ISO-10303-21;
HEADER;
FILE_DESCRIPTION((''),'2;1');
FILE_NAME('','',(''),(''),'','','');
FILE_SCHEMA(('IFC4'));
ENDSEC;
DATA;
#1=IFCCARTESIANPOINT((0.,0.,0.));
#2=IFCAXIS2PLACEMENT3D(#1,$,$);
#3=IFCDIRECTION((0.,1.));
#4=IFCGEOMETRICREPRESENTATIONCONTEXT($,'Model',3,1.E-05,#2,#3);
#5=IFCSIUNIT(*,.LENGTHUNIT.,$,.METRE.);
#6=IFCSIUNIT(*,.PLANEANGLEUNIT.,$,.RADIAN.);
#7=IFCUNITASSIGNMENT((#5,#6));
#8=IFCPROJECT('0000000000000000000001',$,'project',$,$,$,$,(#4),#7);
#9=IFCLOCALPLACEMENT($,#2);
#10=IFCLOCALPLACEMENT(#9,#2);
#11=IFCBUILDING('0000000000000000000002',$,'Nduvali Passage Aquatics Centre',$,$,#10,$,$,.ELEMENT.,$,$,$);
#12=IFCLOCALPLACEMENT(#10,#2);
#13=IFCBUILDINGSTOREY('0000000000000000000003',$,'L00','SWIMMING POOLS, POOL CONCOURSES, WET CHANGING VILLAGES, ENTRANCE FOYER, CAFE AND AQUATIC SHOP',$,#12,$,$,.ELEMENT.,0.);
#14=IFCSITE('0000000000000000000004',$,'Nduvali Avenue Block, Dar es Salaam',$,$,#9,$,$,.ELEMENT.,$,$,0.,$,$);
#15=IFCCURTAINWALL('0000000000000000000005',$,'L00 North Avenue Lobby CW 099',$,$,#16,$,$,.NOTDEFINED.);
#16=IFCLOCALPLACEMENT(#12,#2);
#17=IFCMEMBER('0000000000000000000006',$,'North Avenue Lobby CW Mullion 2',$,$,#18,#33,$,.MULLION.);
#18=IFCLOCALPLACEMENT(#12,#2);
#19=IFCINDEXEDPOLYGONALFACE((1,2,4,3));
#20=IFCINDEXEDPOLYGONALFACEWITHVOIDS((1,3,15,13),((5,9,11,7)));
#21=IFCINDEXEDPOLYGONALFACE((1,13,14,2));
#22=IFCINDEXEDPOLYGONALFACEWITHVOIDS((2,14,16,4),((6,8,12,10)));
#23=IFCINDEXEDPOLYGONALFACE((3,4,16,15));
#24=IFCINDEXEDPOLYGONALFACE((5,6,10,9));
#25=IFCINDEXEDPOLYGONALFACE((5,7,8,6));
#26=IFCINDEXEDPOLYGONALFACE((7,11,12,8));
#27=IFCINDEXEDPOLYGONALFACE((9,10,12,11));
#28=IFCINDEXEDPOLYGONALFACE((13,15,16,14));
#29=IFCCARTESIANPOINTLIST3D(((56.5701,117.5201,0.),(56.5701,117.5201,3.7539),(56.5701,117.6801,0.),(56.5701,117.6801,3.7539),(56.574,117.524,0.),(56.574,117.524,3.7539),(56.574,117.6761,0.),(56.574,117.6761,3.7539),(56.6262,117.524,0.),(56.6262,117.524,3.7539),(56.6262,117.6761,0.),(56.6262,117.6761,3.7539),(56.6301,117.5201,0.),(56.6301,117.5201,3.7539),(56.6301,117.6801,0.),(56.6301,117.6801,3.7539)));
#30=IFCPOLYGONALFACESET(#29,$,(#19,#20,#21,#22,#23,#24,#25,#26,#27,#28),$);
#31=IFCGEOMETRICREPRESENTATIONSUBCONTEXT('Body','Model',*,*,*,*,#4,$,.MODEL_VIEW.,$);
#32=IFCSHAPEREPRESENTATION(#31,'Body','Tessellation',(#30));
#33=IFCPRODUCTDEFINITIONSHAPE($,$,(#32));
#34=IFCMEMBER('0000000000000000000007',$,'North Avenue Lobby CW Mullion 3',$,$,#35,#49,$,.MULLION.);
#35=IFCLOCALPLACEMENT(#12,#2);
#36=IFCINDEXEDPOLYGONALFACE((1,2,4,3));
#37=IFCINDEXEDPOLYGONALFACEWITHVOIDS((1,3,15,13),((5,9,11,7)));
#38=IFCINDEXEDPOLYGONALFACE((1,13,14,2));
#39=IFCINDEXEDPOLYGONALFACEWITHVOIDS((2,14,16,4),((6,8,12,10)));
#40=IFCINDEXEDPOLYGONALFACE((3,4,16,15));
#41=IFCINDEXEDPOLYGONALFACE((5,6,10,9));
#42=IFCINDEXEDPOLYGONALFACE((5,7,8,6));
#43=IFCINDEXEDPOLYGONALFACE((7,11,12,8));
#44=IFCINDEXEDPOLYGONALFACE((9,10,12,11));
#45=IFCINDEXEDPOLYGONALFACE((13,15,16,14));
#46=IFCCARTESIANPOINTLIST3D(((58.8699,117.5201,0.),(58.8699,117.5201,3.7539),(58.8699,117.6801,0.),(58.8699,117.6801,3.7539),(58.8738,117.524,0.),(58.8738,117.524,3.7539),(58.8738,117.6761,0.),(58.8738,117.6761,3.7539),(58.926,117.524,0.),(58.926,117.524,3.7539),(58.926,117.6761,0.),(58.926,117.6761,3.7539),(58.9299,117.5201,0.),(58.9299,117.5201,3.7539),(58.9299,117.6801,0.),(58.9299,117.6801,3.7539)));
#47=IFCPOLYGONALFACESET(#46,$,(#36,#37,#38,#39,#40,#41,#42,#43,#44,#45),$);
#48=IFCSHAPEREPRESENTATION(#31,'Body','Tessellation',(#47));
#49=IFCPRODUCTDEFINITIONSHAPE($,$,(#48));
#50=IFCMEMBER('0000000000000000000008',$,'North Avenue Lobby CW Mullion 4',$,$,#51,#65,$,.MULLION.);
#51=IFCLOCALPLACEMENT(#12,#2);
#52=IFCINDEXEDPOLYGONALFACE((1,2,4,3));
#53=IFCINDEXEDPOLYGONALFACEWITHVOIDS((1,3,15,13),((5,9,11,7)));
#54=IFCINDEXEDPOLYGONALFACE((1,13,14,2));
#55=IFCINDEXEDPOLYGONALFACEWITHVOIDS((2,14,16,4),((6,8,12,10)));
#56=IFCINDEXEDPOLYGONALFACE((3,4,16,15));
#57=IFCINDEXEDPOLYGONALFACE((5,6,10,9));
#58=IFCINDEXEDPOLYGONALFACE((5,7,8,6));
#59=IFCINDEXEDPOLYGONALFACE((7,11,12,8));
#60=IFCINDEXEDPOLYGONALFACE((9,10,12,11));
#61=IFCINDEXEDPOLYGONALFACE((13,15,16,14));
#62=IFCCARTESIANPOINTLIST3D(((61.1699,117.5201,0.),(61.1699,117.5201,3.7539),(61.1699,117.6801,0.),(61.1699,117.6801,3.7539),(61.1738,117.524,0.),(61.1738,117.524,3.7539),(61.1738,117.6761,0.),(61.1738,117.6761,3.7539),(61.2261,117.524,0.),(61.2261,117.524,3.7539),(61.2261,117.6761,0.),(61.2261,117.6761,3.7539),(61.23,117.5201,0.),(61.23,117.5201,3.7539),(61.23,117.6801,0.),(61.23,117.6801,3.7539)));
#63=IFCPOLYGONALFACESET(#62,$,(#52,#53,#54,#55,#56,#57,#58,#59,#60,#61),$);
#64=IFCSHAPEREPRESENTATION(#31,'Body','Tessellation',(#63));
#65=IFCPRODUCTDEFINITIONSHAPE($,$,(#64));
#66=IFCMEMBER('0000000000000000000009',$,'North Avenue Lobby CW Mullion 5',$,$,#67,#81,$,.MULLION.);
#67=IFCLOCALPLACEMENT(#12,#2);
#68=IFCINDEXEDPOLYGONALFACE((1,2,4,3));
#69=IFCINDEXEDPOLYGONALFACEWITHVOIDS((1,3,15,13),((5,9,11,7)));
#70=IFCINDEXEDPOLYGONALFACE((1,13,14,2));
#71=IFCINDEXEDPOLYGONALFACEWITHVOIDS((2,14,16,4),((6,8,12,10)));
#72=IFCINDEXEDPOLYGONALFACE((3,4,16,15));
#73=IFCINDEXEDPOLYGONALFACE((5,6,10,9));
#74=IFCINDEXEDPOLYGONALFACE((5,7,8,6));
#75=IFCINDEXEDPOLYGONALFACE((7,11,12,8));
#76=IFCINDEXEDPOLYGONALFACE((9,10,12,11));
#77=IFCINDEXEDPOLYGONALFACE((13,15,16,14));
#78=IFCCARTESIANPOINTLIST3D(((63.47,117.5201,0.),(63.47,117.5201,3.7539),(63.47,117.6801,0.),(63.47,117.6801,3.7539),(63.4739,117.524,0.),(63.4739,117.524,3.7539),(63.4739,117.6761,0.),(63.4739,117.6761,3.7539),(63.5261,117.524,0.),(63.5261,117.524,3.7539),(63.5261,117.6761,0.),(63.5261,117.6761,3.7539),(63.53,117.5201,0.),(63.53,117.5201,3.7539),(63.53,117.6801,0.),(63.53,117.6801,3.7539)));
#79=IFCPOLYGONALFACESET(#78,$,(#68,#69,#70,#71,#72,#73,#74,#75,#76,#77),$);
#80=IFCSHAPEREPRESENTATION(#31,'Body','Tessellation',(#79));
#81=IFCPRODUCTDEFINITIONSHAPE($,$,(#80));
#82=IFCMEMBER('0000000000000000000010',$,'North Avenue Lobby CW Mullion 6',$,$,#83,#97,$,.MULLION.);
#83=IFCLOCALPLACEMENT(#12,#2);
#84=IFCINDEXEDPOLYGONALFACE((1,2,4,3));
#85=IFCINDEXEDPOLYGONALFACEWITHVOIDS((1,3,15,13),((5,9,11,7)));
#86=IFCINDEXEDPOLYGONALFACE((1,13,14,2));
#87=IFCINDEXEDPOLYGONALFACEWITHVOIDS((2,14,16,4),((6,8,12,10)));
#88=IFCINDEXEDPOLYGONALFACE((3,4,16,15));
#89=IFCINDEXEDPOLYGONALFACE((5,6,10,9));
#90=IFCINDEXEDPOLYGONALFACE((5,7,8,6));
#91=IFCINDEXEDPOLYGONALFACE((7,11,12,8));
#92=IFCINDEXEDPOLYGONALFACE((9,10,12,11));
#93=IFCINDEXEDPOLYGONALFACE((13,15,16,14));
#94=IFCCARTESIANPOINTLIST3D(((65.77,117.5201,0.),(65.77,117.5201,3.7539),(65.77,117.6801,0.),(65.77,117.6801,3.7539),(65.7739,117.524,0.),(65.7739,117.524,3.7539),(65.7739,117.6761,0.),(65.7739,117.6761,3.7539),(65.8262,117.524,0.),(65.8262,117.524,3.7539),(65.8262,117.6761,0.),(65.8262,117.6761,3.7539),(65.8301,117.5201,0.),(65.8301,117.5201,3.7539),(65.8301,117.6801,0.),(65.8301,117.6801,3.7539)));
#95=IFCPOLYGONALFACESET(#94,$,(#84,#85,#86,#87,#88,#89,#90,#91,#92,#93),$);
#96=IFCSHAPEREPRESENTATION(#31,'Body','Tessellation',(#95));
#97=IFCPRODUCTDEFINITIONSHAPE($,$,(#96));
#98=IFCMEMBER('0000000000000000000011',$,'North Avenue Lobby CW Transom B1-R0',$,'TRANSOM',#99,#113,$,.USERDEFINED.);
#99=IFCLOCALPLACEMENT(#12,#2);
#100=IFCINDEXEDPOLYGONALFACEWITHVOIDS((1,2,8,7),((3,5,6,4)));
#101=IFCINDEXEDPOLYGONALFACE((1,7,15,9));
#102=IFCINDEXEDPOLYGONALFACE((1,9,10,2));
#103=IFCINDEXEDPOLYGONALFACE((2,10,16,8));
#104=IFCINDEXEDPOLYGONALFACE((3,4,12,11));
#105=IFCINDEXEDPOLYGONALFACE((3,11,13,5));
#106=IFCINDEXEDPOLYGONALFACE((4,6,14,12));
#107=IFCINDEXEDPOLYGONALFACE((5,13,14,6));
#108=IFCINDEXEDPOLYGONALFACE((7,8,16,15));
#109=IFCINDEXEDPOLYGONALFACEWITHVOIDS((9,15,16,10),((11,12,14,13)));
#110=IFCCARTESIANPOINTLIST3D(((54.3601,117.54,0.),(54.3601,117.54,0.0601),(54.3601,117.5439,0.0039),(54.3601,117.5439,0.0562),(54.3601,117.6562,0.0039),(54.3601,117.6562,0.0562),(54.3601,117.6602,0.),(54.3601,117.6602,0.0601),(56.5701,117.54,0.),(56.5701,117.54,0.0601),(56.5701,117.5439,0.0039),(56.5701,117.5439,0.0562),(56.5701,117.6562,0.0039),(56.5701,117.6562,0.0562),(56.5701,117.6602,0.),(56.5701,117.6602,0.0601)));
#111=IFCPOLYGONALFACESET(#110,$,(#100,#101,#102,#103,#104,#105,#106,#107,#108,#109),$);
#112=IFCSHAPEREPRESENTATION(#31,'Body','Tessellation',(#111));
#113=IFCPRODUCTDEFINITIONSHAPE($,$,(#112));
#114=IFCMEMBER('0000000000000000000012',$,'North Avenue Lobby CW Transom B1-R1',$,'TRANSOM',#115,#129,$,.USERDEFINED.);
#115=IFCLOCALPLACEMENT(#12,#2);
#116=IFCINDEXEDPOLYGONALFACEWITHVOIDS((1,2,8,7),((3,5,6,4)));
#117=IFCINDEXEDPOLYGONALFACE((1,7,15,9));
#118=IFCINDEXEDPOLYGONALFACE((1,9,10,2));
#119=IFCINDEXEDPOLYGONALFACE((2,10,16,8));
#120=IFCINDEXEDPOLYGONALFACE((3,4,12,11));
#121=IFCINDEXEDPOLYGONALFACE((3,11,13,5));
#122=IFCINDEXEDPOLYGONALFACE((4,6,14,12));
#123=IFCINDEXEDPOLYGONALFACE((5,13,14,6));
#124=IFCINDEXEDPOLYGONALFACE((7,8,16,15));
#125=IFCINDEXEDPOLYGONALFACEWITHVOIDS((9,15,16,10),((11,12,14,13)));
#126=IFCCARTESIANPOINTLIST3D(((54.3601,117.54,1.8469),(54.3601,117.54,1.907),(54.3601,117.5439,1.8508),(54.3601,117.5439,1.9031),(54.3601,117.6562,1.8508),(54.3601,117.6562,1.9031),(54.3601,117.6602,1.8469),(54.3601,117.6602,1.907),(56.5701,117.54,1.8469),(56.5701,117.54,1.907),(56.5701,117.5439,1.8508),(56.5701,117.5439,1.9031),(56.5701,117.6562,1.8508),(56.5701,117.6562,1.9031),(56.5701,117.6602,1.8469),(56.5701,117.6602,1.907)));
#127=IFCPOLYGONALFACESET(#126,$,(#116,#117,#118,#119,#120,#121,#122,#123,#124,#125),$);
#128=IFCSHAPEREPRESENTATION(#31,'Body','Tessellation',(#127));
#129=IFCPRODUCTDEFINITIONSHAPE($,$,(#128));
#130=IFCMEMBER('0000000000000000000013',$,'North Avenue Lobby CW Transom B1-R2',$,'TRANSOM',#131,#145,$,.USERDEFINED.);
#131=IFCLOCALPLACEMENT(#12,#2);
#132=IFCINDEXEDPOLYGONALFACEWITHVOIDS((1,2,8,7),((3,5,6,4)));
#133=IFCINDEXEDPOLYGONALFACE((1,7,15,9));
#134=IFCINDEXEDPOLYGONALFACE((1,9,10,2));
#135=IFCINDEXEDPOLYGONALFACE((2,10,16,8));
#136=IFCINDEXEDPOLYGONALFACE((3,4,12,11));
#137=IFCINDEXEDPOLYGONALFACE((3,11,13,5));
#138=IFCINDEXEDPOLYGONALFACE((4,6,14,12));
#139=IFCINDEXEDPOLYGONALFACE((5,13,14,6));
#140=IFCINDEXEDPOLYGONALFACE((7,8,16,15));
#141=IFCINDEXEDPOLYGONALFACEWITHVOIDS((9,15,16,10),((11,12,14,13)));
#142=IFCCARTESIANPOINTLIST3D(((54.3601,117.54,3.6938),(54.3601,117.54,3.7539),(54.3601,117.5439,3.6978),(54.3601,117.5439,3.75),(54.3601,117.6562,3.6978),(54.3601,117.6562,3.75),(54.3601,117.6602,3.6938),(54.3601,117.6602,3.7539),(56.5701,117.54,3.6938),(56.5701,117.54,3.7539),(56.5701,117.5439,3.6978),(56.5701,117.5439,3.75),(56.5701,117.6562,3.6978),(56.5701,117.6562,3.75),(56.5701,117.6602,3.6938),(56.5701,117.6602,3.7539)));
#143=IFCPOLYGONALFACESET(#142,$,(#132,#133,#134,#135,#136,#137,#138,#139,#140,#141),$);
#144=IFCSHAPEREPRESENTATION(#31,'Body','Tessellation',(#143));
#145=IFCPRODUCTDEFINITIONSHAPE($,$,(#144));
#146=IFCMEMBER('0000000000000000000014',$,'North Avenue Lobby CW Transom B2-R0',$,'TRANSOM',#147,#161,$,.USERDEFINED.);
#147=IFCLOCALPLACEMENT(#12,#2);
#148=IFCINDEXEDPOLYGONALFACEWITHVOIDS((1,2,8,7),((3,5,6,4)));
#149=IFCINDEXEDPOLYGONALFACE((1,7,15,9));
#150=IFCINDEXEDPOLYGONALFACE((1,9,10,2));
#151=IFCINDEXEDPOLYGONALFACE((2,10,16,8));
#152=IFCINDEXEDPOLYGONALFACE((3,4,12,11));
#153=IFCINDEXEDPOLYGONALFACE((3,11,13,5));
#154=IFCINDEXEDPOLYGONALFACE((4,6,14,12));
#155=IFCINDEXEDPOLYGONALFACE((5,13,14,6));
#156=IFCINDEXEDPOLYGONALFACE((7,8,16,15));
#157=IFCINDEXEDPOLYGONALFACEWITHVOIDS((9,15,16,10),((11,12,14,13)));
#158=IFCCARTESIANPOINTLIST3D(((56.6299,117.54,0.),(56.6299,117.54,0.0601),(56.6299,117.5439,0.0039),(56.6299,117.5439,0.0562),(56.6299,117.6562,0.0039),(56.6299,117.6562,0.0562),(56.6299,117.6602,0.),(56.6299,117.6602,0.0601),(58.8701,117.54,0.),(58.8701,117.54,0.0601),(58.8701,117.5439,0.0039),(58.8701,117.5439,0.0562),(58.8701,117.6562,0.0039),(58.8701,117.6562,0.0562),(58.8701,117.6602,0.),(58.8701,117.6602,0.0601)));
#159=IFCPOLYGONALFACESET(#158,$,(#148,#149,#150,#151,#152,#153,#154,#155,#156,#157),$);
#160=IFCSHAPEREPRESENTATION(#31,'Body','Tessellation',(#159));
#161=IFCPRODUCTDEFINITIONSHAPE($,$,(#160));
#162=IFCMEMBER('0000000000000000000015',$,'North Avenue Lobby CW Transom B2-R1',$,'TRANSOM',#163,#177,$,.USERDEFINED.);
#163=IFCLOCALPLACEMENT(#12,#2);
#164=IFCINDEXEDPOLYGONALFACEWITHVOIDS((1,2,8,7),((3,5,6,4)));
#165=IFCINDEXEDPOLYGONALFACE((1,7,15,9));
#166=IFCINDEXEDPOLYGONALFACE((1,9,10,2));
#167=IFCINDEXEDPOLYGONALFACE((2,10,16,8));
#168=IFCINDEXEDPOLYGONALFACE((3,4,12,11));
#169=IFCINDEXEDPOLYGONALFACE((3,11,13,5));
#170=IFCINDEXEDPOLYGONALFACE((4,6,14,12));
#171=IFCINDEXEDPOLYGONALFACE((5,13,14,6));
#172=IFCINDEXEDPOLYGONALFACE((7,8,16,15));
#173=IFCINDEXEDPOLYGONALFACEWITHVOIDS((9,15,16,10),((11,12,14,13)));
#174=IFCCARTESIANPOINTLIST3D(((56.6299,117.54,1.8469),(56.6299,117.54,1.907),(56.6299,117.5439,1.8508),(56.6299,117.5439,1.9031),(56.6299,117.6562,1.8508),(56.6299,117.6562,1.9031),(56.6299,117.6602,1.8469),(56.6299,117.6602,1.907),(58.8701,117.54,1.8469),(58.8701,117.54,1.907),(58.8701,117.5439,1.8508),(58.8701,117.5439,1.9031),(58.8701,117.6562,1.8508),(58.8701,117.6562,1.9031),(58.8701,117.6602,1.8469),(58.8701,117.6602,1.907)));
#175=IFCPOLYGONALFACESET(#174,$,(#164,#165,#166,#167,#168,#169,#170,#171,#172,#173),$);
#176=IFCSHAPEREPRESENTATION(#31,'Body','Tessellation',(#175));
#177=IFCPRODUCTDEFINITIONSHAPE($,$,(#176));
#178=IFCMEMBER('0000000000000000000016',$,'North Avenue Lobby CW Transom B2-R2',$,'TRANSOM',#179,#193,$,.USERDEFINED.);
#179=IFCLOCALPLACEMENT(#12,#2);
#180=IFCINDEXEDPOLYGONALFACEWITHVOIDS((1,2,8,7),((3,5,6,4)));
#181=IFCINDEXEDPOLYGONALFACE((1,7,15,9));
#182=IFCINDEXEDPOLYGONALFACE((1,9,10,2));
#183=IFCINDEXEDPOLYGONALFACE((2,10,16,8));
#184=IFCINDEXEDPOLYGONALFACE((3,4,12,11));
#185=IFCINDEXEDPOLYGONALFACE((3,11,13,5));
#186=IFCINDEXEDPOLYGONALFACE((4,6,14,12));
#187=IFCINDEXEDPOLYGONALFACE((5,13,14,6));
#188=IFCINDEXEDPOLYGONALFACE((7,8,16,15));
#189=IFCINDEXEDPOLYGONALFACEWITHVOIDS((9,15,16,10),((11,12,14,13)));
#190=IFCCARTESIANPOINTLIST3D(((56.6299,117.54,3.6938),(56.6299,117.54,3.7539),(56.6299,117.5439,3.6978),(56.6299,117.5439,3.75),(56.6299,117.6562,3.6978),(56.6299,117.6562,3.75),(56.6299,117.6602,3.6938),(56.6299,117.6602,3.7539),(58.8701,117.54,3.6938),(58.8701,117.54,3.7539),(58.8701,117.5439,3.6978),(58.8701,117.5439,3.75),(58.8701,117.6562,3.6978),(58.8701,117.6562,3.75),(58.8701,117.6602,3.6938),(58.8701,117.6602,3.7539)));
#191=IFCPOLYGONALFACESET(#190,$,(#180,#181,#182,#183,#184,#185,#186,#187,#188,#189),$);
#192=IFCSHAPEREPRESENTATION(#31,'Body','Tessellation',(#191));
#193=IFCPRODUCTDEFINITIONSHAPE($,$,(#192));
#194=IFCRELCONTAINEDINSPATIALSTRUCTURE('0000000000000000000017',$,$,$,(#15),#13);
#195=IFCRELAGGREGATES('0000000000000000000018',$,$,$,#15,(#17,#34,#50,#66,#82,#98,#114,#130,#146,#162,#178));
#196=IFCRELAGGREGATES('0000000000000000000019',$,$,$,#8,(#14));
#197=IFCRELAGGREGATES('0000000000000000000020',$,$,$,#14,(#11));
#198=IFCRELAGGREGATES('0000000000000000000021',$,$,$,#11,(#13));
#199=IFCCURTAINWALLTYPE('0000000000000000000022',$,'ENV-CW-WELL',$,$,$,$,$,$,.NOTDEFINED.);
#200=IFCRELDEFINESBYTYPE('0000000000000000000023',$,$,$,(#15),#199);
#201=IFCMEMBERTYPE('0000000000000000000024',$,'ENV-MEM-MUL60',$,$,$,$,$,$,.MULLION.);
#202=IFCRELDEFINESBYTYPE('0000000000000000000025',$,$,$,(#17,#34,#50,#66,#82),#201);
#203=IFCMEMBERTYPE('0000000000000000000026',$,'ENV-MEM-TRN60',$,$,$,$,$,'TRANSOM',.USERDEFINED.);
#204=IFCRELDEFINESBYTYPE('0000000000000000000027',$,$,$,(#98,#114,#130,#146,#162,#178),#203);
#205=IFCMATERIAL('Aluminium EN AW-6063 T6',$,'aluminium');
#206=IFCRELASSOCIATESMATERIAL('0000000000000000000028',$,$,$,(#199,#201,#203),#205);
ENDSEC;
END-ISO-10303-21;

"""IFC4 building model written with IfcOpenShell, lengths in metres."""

from ifc_helpers import new_model, si_unit, direction, frame, origin, origin_2d, place, context, subcontext, project, spatial, hollow_rectangle, extrude, material, material_profile, profile_set, type_object, element, aggregate, save


model = new_model("IFC4")

# Units and contexts
model_context = context("Model", 3, precision=1e-05, world=origin(), true_north=direction((0.0, 1.0)))
body_context = subcontext(model_context, "Body", "Model", "MODEL_VIEW")
ifc_project = project(units=[si_unit("LENGTHUNIT", "METRE"), si_unit("PLANEANGLEUNIT", "RADIAN")], contexts=[model_context])

# Site, building, storey
site_placement = place(None, origin())
site = spatial("IfcSite", under=ifc_project, at=site_placement, Name="Nduvali Avenue Block, Dar es Salaam", CompositionType="ELEMENT", RefElevation=0.0)
building_placement = place(site_placement, origin())
building = spatial("IfcBuilding", under=site, at=building_placement, Name="Nduvali Passage Aquatics Centre", CompositionType="ELEMENT")
storey_placement = place(building_placement, origin())
storey = spatial("IfcBuildingStorey", under=building, at=storey_placement, Name="L00", Description="SWIMMING POOLS, POOL CONCOURSES, WET CHANGING VILLAGES, ENTRANCE FOYER, CAFE AND AQUATIC SHOP", CompositionType="ELEMENT", Elevation=0.0)

# Curtain wall, members
ifc_material_1 = material(Name="Aluminium EN AW-6063 T6", Category="aluminium")
curtain_wall_type = type_object("IfcCurtainWallType", Name="ENV-CW-WELL", PredefinedType="NOTDEFINED", material=ifc_material_1)
curtain_wall_placement = place(storey_placement, origin())
curtain_wall = element("IfcCurtainWall", 1, at=curtain_wall_placement, inside=storey, type_object=curtain_wall_type, Name="L00 North Avenue Lobby CW 099", PredefinedType="NOTDEFINED")
ifc_material_profile_1 = material_profile(ifc_material_1, hollow_rectangle(XDim=0.0601, YDim=0.1599, WallThickness=0.0039, at=origin_2d()), Name="ALU MULLION 60x160x4")
ifc_profile_set_1 = profile_set([ifc_material_profile_1], Name="Aluminium EN AW-6063 T6")
member_type_1 = type_object("IfcMemberType", Name="ENV-MEM-MUL60", PredefinedType="MULLION", material=ifc_profile_set_1)
member_1_placement = place(storey_placement, frame((56.6001, 117.6001, 0.0), z_axis=(0.0, 0.0, 1.0), x_axis=(1.0, 0.0, 0.0)))
member_1 = element("IfcMember", 2, at=member_1_placement, type_object=member_type_1, Name="North Avenue Lobby CW Mullion 2", PredefinedType="MULLION", context=body_context, shape_type="SweptSolid", body=[
    extrude(hollow_rectangle(XDim=0.0601, YDim=0.1599, WallThickness=0.0039, at=origin_2d()), origin(), (0.0, 0.0, 1.0), 3.7539),
])
member_2_placement = place(storey_placement, frame((58.8999, 117.6001, 0.0), z_axis=(0.0, 0.0, 1.0), x_axis=(1.0, 0.0, 0.0)))
member_2 = element("IfcMember", 3, at=member_2_placement, type_object=member_type_1, Name="North Avenue Lobby CW Mullion 3", PredefinedType="MULLION", context=body_context, shape_type="SweptSolid", body=[
    extrude(hollow_rectangle(XDim=0.0601, YDim=0.1599, WallThickness=0.0039, at=origin_2d()), origin(), (0.0, 0.0, 1.0), 3.7539),
])
member_3_placement = place(storey_placement, frame((61.2, 117.6001, 0.0), z_axis=(0.0, 0.0, 1.0), x_axis=(1.0, 0.0, 0.0)))
member_3 = element("IfcMember", 4, at=member_3_placement, type_object=member_type_1, Name="North Avenue Lobby CW Mullion 4", PredefinedType="MULLION", context=body_context, shape_type="SweptSolid", body=[
    extrude(hollow_rectangle(XDim=0.0601, YDim=0.1599, WallThickness=0.0039, at=origin_2d()), origin(), (0.0, 0.0, 1.0), 3.7539),
])
member_4_placement = place(storey_placement, frame((63.5, 117.6001, 0.0), z_axis=(0.0, 0.0, 1.0), x_axis=(1.0, 0.0, 0.0)))
member_4 = element("IfcMember", 5, at=member_4_placement, type_object=member_type_1, Name="North Avenue Lobby CW Mullion 5", PredefinedType="MULLION", context=body_context, shape_type="SweptSolid", body=[
    extrude(hollow_rectangle(XDim=0.0601, YDim=0.1599, WallThickness=0.0039, at=origin_2d()), origin(), (0.0, 0.0, 1.0), 3.7539),
])
member_5_placement = place(storey_placement, frame((65.8, 117.6001, 0.0), z_axis=(0.0, 0.0, 1.0), x_axis=(1.0, 0.0, 0.0)))
member_5 = element("IfcMember", 6, at=member_5_placement, type_object=member_type_1, Name="North Avenue Lobby CW Mullion 6", PredefinedType="MULLION", context=body_context, shape_type="SweptSolid", body=[
    extrude(hollow_rectangle(XDim=0.0601, YDim=0.1599, WallThickness=0.0039, at=origin_2d()), origin(), (0.0, 0.0, 1.0), 3.7539),
])
ifc_material_profile_2 = material_profile(ifc_material_1, hollow_rectangle(XDim=0.1201, YDim=0.0601, WallThickness=0.0039, at=origin_2d()), Name="ALU TRANSOM 120x60x4")
ifc_profile_set_2 = profile_set([ifc_material_profile_2], Name="Aluminium EN AW-6063 T6")
member_type_2 = type_object("IfcMemberType", Name="ENV-MEM-TRN60", ElementType="TRANSOM", PredefinedType="USERDEFINED", material=ifc_profile_set_2)
member_6_placement = place(storey_placement, frame((54.3601, 117.6001, 0.03), z_axis=(1.0, 0.0, 0.0), x_axis=(0.0, 1.0, 0.0)))
member_6 = element("IfcMember", 7, at=member_6_placement, type_object=member_type_2, Name="North Avenue Lobby CW Transom B1-R0", ObjectType="TRANSOM", PredefinedType="USERDEFINED", context=body_context, shape_type="SweptSolid", body=[
    extrude(hollow_rectangle(XDim=0.1201, YDim=0.0601, WallThickness=0.0039, at=origin_2d()), origin(), (0.0, 0.0, 1.0), 2.21),
])
member_7_placement = place(storey_placement, frame((54.3601, 117.6001, 1.877), z_axis=(1.0, 0.0, 0.0), x_axis=(0.0, 1.0, 0.0)))
member_7 = element("IfcMember", 8, at=member_7_placement, type_object=member_type_2, Name="North Avenue Lobby CW Transom B1-R1", ObjectType="TRANSOM", PredefinedType="USERDEFINED", context=body_context, shape_type="SweptSolid", body=[
    extrude(hollow_rectangle(XDim=0.1201, YDim=0.0601, WallThickness=0.0039, at=origin_2d()), origin(), (0.0, 0.0, 1.0), 2.21),
])
member_8_placement = place(storey_placement, frame((54.3601, 117.6001, 3.7239), z_axis=(1.0, 0.0, 0.0), x_axis=(0.0, 1.0, 0.0)))
member_8 = element("IfcMember", 9, at=member_8_placement, type_object=member_type_2, Name="North Avenue Lobby CW Transom B1-R2", ObjectType="TRANSOM", PredefinedType="USERDEFINED", context=body_context, shape_type="SweptSolid", body=[
    extrude(hollow_rectangle(XDim=0.1201, YDim=0.0601, WallThickness=0.0039, at=origin_2d()), origin(), (0.0, 0.0, 1.0), 2.21),
])
member_9_placement = place(storey_placement, frame((56.6299, 117.6001, 0.03), z_axis=(1.0, 0.0, 0.0), x_axis=(0.0, 1.0, 0.0)))
member_9 = element("IfcMember", 10, at=member_9_placement, type_object=member_type_2, Name="North Avenue Lobby CW Transom B2-R0", ObjectType="TRANSOM", PredefinedType="USERDEFINED", context=body_context, shape_type="SweptSolid", body=[
    extrude(hollow_rectangle(XDim=0.1201, YDim=0.0601, WallThickness=0.0039, at=origin_2d()), origin(), (0.0, 0.0, 1.0), 2.2402),
])
member_10_placement = place(storey_placement, frame((56.6299, 117.6001, 1.877), z_axis=(1.0, 0.0, 0.0), x_axis=(0.0, 1.0, 0.0)))
member_10 = element("IfcMember", 11, at=member_10_placement, type_object=member_type_2, Name="North Avenue Lobby CW Transom B2-R1", ObjectType="TRANSOM", PredefinedType="USERDEFINED", context=body_context, shape_type="SweptSolid", body=[
    extrude(hollow_rectangle(XDim=0.1201, YDim=0.0601, WallThickness=0.0039, at=origin_2d()), origin(), (0.0, 0.0, 1.0), 2.2402),
])
member_11_placement = place(storey_placement, frame((56.6299, 117.6001, 3.7239), z_axis=(1.0, 0.0, 0.0), x_axis=(0.0, 1.0, 0.0)))
member_11 = element("IfcMember", 12, at=member_11_placement, type_object=member_type_2, Name="North Avenue Lobby CW Transom B2-R2", ObjectType="TRANSOM", PredefinedType="USERDEFINED", context=body_context, shape_type="SweptSolid", body=[
    extrude(hollow_rectangle(XDim=0.1201, YDim=0.0601, WallThickness=0.0039, at=origin_2d()), origin(), (0.0, 0.0, 1.0), 2.2402),
])

aggregate(curtain_wall, [member_1, member_2, member_3, member_4, member_5, member_6, member_7, member_8, member_9, member_10, member_11])

save(model, "model.ifc")
